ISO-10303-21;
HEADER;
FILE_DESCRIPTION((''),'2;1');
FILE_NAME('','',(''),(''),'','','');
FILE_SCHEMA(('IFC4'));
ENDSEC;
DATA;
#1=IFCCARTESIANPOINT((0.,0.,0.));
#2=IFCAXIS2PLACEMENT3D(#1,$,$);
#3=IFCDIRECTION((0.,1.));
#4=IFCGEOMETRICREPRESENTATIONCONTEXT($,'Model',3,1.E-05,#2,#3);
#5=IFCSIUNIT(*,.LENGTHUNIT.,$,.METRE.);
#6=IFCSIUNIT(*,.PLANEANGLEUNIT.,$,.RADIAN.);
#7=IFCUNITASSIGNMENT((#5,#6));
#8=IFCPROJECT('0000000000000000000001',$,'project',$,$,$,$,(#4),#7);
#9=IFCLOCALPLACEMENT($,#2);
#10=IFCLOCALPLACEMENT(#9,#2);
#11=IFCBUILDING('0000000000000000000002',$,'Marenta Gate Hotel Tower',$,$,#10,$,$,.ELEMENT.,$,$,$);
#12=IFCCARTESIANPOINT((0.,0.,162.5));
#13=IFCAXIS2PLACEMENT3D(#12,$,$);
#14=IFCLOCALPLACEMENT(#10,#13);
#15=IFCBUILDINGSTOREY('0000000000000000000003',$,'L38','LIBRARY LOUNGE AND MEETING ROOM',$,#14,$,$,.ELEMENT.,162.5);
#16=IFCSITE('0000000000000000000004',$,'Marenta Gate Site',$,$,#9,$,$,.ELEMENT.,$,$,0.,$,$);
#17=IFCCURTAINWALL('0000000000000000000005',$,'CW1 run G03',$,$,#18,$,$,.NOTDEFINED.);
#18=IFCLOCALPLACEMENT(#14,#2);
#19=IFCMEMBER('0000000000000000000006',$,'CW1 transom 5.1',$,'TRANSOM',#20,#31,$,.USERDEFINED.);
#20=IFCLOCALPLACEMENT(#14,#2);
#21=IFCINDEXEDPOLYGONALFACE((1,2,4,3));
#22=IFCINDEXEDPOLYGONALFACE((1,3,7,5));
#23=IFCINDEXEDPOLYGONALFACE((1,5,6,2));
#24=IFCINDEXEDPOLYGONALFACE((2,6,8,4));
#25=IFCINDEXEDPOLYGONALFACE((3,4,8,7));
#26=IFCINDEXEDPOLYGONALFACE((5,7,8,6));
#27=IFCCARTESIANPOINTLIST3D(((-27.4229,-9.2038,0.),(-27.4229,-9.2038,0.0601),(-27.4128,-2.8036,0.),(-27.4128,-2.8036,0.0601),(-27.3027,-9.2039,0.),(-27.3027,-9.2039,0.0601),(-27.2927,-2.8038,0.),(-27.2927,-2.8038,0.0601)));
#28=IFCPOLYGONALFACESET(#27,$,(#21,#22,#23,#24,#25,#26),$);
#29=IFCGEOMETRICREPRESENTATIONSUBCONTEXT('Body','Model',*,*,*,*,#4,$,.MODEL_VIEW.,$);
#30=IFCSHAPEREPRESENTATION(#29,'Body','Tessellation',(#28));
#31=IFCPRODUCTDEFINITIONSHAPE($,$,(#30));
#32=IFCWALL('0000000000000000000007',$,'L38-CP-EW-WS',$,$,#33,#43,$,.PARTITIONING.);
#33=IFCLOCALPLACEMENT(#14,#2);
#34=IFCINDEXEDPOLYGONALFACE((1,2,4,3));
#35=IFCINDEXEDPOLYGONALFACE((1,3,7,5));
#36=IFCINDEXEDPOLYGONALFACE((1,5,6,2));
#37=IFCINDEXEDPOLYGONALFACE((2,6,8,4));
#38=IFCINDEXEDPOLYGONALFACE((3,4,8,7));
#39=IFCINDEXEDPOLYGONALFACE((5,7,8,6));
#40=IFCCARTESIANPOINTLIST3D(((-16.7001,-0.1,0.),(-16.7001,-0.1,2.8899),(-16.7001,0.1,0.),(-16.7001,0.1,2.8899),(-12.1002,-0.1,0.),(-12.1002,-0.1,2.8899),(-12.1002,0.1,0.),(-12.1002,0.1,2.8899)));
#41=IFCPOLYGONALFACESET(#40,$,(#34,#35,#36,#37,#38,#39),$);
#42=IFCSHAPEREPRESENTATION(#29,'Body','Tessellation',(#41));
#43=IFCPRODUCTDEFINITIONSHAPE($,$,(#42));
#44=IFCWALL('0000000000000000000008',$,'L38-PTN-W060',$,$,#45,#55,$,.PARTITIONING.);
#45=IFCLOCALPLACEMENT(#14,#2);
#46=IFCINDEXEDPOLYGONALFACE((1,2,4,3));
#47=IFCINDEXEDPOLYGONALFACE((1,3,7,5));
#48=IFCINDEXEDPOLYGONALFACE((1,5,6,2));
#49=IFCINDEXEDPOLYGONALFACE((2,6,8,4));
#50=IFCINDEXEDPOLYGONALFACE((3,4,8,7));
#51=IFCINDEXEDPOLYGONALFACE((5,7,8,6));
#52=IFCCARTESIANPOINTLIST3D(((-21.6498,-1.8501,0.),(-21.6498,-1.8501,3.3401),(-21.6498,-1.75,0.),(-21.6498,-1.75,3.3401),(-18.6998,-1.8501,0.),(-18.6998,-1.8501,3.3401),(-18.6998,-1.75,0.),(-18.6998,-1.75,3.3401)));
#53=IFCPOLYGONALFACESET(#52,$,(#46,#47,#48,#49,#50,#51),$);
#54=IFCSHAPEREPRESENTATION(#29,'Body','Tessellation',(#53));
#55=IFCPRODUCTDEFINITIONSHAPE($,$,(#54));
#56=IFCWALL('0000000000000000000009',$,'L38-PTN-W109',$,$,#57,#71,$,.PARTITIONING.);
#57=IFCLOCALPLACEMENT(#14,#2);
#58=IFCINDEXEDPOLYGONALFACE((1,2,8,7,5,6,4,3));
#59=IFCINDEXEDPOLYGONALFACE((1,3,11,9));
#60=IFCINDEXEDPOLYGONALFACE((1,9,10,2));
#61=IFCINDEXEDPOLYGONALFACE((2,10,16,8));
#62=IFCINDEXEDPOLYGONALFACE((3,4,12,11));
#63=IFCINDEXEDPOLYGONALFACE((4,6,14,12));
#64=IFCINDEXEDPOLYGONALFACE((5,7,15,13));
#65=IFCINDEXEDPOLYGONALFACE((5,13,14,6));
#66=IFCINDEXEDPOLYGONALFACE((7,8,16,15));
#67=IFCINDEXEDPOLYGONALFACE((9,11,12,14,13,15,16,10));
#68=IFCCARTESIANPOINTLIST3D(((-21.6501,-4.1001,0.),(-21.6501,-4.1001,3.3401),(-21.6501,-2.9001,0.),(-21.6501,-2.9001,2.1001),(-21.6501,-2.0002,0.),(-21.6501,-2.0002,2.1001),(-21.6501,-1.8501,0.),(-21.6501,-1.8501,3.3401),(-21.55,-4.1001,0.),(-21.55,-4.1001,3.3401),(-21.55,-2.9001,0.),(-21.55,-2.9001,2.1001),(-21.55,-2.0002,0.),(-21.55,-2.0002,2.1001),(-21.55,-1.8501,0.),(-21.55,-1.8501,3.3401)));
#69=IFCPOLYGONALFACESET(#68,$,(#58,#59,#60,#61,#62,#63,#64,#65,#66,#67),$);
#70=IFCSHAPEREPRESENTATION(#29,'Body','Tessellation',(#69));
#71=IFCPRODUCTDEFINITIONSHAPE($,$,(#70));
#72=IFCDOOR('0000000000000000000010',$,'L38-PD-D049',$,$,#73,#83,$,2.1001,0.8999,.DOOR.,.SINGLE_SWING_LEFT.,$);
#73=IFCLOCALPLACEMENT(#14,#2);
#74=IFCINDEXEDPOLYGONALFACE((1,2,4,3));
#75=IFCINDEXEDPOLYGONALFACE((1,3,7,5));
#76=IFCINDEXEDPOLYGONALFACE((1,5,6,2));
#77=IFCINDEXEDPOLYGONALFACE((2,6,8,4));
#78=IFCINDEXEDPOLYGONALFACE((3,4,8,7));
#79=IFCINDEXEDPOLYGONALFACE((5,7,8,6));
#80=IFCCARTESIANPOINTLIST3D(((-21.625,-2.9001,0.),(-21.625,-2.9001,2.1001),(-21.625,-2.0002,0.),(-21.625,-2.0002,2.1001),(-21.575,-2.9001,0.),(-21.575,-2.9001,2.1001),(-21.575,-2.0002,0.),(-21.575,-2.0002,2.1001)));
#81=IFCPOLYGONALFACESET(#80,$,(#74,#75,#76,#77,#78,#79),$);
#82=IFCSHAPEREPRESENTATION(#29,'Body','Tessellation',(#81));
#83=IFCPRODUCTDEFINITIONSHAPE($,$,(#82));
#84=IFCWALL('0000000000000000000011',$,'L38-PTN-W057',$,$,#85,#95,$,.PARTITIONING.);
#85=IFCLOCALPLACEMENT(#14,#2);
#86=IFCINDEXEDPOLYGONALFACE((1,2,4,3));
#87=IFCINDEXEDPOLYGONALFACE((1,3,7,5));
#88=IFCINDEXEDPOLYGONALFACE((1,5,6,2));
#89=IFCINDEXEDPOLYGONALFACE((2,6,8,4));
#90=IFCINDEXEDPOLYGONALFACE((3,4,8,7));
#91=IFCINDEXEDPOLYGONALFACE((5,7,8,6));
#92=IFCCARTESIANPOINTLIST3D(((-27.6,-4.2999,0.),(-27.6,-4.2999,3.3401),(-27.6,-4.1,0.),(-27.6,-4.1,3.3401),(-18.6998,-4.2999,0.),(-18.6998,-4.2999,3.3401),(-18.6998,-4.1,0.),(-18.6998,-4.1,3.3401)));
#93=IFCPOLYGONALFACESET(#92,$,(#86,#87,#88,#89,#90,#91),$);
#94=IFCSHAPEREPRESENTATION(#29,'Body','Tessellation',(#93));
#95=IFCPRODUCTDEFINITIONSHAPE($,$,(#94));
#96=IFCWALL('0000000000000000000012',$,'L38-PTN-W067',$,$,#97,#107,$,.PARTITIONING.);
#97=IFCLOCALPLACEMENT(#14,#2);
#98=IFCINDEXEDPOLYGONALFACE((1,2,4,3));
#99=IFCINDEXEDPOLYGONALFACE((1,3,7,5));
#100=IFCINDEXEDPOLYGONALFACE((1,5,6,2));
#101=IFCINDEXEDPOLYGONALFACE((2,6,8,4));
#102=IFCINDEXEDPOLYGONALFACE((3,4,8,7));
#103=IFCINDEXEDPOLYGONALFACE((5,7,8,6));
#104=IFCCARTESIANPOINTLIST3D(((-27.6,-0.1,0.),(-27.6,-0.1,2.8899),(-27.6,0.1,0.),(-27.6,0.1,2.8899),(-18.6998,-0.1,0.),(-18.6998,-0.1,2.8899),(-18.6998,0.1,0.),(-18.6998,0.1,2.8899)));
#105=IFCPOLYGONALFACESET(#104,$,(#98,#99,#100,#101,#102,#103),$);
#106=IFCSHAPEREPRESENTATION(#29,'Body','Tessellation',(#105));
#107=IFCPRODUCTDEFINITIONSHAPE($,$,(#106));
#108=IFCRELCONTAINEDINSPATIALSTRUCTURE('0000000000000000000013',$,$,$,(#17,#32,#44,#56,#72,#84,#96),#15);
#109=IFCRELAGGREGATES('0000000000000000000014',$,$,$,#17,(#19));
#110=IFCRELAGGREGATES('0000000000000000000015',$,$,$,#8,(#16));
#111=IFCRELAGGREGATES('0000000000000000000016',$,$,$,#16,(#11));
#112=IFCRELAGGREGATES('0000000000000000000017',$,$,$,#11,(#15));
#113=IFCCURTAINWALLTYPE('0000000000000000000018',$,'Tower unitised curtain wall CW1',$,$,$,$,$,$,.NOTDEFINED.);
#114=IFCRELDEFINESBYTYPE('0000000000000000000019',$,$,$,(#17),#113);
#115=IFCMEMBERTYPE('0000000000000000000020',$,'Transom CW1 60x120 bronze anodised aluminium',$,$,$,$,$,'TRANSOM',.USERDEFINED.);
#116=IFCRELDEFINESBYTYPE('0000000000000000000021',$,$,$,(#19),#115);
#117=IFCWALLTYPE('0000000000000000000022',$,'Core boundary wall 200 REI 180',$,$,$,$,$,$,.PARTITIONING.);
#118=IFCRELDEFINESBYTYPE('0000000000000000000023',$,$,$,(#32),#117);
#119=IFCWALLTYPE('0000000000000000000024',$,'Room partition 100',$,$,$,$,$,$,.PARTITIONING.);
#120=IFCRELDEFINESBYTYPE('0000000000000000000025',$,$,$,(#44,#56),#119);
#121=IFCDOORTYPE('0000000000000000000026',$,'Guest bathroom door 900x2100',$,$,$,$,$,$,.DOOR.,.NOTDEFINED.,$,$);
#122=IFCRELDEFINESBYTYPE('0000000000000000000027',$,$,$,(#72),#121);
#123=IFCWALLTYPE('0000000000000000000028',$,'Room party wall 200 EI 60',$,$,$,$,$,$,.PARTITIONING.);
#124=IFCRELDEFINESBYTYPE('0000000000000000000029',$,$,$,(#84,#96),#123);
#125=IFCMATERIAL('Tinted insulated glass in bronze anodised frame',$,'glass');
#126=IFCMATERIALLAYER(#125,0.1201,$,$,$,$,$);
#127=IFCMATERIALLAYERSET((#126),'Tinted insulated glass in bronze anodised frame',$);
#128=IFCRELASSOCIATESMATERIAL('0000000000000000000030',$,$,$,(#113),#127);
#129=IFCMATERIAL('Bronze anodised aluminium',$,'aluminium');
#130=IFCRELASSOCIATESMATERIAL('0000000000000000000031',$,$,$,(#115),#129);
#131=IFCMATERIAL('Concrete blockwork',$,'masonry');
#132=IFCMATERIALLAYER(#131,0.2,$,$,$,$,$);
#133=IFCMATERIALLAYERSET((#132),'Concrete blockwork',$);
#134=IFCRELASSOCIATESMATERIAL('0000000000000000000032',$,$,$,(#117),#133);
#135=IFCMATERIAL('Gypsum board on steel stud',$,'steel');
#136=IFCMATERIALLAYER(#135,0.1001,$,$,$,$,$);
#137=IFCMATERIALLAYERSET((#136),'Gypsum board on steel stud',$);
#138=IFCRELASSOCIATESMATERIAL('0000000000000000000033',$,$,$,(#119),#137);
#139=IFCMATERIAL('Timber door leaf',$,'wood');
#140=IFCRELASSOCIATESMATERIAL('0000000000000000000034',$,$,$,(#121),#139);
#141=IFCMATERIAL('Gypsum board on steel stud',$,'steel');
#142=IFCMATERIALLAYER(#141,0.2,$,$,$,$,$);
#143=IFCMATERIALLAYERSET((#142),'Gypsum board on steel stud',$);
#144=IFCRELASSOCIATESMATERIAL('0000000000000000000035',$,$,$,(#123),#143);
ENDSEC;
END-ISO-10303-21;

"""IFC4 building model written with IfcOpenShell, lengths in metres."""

from ifc_helpers import new_model, si_unit, direction, frame, frame_2d, origin, origin_2d, place, context, subcontext, project, spatial, rectangle, extrude, material, layer, layer_set, material_profile, profile_set, type_object, element, fill, aggregate, save


model = new_model("IFC4")

# Units and contexts
model_context = context("Model", 3, precision=1e-05, world=origin(), true_north=direction((0.0, 1.0)))
body_context = subcontext(model_context, "Body", "Model", "MODEL_VIEW")
ifc_project = project(units=[si_unit("LENGTHUNIT", "METRE"), si_unit("PLANEANGLEUNIT", "RADIAN")], contexts=[model_context])

# Site, building, storey
site_placement = place(None, origin())
site = spatial("IfcSite", under=ifc_project, at=site_placement, Name="Marenta Gate Site", CompositionType="ELEMENT", RefElevation=0.0)
building_placement = place(site_placement, origin())
building = spatial("IfcBuilding", under=site, at=building_placement, Name="Marenta Gate Hotel Tower", CompositionType="ELEMENT")
storey_placement = place(building_placement, frame((0.0, 0.0, 162.5)))
storey = spatial("IfcBuildingStorey", under=building, at=storey_placement, Name="L38", Description="LIBRARY LOUNGE AND MEETING ROOM", CompositionType="ELEMENT", Elevation=162.5)

# Curtain wall, member
ifc_material_1 = material(Name="Tinted insulated glass in bronze anodised frame", Category="glass")
ifc_layer_1 = layer(ifc_material_1, 0.1201)
ifc_layer_set_1 = layer_set([ifc_layer_1], Name="Tinted insulated glass in bronze anodised frame")
curtain_wall_type = type_object("IfcCurtainWallType", Name="Tower unitised curtain wall CW1", PredefinedType="NOTDEFINED", material=ifc_layer_set_1)
curtain_wall_placement = place(storey_placement, origin())
curtain_wall = element("IfcCurtainWall", 1, at=curtain_wall_placement, inside=storey, type_object=curtain_wall_type, Name="CW1 run G03", PredefinedType="NOTDEFINED")
ifc_material_2 = material(Name="Bronze anodised aluminium", Category="aluminium")
ifc_material_profile_1 = material_profile(ifc_material_2, rectangle(XDim=0.1201, YDim=0.0601, at=origin_2d()), Name="Transom CW1 60x120 bronze anodised aluminium")
ifc_profile_set_1 = profile_set([ifc_material_profile_1], Name="Bronze anodised aluminium")
member_type_1 = type_object("IfcMemberType", Name="Transom CW1 60x120 bronze anodised aluminium", ElementType="TRANSOM", PredefinedType="USERDEFINED", material=ifc_profile_set_1)
member_1_placement = place(storey_placement, frame((-27.3528, -2.8037, 0.03), z_axis=(-0.001564, -0.999999, 0.0), x_axis=(0.999999, -0.001564, 0.0)))
member_1 = element("IfcMember", 2, at=member_1_placement, type_object=member_type_1, Name="CW1 transom 5.1", ObjectType="TRANSOM", PredefinedType="USERDEFINED", context=body_context, shape_type="SweptSolid", body=[
    extrude(rectangle(XDim=0.1201, YDim=0.0601, at=origin_2d()), origin(), (0.0, 0.0, 1.0), 6.4001),
])
aggregate(curtain_wall, [member_1])

# Shared definitions
ifc_material_3 = material(Name="Concrete blockwork", Category="masonry")
ifc_layer_2 = layer(ifc_material_3, 0.2)
ifc_layer_set_2 = layer_set([ifc_layer_2], Name="Concrete blockwork")
wall_type_1 = type_object("IfcWallType", Name="Core boundary wall 200 REI 180", PredefinedType="PARTITIONING", material=ifc_layer_set_2)

# Wall
wall_1_placement = place(storey_placement, frame((-16.7, 0.0, 0.0), z_axis=(0.0, 0.0, 1.0), x_axis=(1.0, 0.0, 0.0)))
element("IfcWall", 3, at=wall_1_placement, inside=storey, type_object=wall_type_1, Name="L38-CP-EW-WS", PredefinedType="PARTITIONING", context=body_context, shape_type="SweptSolid", body=[
    extrude(rectangle(XDim=4.5999, YDim=0.2, at=frame_2d((2.2998, 0.0))), origin(), (0.0, 0.0, 1.0), 2.8899),
])

# Wall
ifc_material_4 = material(Name="Gypsum board on steel stud", Category="steel")
ifc_layer_3 = layer(ifc_material_4, 0.1001)
ifc_layer_set_3 = layer_set([ifc_layer_3], Name="Gypsum board on steel stud")
wall_type_2 = type_object("IfcWallType", Name="Room partition 100", PredefinedType="PARTITIONING", material=ifc_layer_set_3)
wall_2_placement = place(storey_placement, frame((-21.6499, -1.8, 0.0), z_axis=(0.0, 0.0, 1.0), x_axis=(1.0, 0.0, 0.0)))
element("IfcWall", 4, at=wall_2_placement, inside=storey, type_object=wall_type_2, Name="L38-PTN-W060", PredefinedType="PARTITIONING", context=body_context, shape_type="SweptSolid", body=[
    extrude(rectangle(XDim=2.95, YDim=0.1001, at=frame_2d((1.4751, 0.0))), origin(), (0.0, 0.0, 1.0), 3.3401),
])

# Wall, opening, door
wall_3_placement = place(storey_placement, frame((-21.6001, -4.1001, 0.0), z_axis=(0.0, 0.0, 1.0), x_axis=(0.0, 1.0, 0.0)))
wall_3 = element("IfcWall", 5, at=wall_3_placement, inside=storey, type_object=wall_type_2, Name="L38-PTN-W109", PredefinedType="PARTITIONING", context=body_context, shape_type="SweptSolid", body=[
    extrude(rectangle(XDim=2.25, YDim=0.1001, at=frame_2d((1.125, 0.0))), origin(), (0.0, 0.0, 1.0), 3.3401),
])
opening_1_placement = place(wall_3_placement, frame((1.2, 0.0, 0.0)))
opening_1 = element("IfcOpeningElement", 6, at=opening_1_placement, cuts=wall_3, PredefinedType="OPENING", context=body_context, shape_type="SweptSolid", body=[
    extrude(rectangle(XDim=0.8999, YDim=2.1001, at=frame_2d((0.45, 1.05))), frame((0.0, 0.05, 0.0), z_axis=(0.0, -1.0, 0.0), x_axis=(1.0, 0.0, 0.0)), (0.0, 0.0, 1.0), 0.1001),
])
ifc_material_5 = material(Name="Timber door leaf", Category="wood")
door_type_1 = type_object("IfcDoorType", Name="Guest bathroom door 900x2100", OperationType="NOTDEFINED", PredefinedType="DOOR", material=ifc_material_5)
door_1_placement = place(opening_1_placement, origin())
door_1 = element("IfcDoor", 7, at=door_1_placement, inside=storey, type_object=door_type_1, Name="L38-PD-D049", OperationType="SINGLE_SWING_LEFT", OverallHeight=2.1001, OverallWidth=0.8999, PredefinedType="DOOR", context=body_context, shape_type="SweptSolid", body=[
    extrude(rectangle(XDim=0.8999, YDim=2.1001, at=frame_2d((0.45, 1.05))), frame((0.0, 0.0249, 0.0), z_axis=(0.0, -1.0, 0.0), x_axis=(1.0, 0.0, 0.0)), (0.0, 0.0, 1.0), 0.05),
])
fill(opening_1, door_1)

# Walls
ifc_material_6 = material(Name="Gypsum board on steel stud", Category="steel")
ifc_layer_4 = layer(ifc_material_6, 0.2)
ifc_layer_set_4 = layer_set([ifc_layer_4], Name="Gypsum board on steel stud")
wall_type_3 = type_object("IfcWallType", Name="Room party wall 200 EI 60", PredefinedType="PARTITIONING", material=ifc_layer_set_4)
wall_4_placement = place(storey_placement, frame((-27.6001, -4.2, 0.0), z_axis=(0.0, 0.0, 1.0), x_axis=(1.0, 0.0, 0.0)))
element("IfcWall", 8, at=wall_4_placement, inside=storey, type_object=wall_type_3, Name="L38-PTN-W057", PredefinedType="PARTITIONING", context=body_context, shape_type="SweptSolid", body=[
    extrude(rectangle(XDim=8.9001, YDim=0.2, at=frame_2d((4.4502, 0.0))), origin(), (0.0, 0.0, 1.0), 3.3401),
])
wall_5_placement = place(storey_placement, frame((-27.6001, 0.0, 0.0), z_axis=(0.0, 0.0, 1.0), x_axis=(1.0, 0.0, 0.0)))
element("IfcWall", 9, at=wall_5_placement, inside=storey, type_object=wall_type_3, Name="L38-PTN-W067", PredefinedType="PARTITIONING", context=body_context, shape_type="SweptSolid", body=[
    extrude(rectangle(XDim=8.9001, YDim=0.2, at=frame_2d((4.4502, 0.0))), origin(), (0.0, 0.0, 1.0), 2.8899),
])

save(model, "model.ifc")
